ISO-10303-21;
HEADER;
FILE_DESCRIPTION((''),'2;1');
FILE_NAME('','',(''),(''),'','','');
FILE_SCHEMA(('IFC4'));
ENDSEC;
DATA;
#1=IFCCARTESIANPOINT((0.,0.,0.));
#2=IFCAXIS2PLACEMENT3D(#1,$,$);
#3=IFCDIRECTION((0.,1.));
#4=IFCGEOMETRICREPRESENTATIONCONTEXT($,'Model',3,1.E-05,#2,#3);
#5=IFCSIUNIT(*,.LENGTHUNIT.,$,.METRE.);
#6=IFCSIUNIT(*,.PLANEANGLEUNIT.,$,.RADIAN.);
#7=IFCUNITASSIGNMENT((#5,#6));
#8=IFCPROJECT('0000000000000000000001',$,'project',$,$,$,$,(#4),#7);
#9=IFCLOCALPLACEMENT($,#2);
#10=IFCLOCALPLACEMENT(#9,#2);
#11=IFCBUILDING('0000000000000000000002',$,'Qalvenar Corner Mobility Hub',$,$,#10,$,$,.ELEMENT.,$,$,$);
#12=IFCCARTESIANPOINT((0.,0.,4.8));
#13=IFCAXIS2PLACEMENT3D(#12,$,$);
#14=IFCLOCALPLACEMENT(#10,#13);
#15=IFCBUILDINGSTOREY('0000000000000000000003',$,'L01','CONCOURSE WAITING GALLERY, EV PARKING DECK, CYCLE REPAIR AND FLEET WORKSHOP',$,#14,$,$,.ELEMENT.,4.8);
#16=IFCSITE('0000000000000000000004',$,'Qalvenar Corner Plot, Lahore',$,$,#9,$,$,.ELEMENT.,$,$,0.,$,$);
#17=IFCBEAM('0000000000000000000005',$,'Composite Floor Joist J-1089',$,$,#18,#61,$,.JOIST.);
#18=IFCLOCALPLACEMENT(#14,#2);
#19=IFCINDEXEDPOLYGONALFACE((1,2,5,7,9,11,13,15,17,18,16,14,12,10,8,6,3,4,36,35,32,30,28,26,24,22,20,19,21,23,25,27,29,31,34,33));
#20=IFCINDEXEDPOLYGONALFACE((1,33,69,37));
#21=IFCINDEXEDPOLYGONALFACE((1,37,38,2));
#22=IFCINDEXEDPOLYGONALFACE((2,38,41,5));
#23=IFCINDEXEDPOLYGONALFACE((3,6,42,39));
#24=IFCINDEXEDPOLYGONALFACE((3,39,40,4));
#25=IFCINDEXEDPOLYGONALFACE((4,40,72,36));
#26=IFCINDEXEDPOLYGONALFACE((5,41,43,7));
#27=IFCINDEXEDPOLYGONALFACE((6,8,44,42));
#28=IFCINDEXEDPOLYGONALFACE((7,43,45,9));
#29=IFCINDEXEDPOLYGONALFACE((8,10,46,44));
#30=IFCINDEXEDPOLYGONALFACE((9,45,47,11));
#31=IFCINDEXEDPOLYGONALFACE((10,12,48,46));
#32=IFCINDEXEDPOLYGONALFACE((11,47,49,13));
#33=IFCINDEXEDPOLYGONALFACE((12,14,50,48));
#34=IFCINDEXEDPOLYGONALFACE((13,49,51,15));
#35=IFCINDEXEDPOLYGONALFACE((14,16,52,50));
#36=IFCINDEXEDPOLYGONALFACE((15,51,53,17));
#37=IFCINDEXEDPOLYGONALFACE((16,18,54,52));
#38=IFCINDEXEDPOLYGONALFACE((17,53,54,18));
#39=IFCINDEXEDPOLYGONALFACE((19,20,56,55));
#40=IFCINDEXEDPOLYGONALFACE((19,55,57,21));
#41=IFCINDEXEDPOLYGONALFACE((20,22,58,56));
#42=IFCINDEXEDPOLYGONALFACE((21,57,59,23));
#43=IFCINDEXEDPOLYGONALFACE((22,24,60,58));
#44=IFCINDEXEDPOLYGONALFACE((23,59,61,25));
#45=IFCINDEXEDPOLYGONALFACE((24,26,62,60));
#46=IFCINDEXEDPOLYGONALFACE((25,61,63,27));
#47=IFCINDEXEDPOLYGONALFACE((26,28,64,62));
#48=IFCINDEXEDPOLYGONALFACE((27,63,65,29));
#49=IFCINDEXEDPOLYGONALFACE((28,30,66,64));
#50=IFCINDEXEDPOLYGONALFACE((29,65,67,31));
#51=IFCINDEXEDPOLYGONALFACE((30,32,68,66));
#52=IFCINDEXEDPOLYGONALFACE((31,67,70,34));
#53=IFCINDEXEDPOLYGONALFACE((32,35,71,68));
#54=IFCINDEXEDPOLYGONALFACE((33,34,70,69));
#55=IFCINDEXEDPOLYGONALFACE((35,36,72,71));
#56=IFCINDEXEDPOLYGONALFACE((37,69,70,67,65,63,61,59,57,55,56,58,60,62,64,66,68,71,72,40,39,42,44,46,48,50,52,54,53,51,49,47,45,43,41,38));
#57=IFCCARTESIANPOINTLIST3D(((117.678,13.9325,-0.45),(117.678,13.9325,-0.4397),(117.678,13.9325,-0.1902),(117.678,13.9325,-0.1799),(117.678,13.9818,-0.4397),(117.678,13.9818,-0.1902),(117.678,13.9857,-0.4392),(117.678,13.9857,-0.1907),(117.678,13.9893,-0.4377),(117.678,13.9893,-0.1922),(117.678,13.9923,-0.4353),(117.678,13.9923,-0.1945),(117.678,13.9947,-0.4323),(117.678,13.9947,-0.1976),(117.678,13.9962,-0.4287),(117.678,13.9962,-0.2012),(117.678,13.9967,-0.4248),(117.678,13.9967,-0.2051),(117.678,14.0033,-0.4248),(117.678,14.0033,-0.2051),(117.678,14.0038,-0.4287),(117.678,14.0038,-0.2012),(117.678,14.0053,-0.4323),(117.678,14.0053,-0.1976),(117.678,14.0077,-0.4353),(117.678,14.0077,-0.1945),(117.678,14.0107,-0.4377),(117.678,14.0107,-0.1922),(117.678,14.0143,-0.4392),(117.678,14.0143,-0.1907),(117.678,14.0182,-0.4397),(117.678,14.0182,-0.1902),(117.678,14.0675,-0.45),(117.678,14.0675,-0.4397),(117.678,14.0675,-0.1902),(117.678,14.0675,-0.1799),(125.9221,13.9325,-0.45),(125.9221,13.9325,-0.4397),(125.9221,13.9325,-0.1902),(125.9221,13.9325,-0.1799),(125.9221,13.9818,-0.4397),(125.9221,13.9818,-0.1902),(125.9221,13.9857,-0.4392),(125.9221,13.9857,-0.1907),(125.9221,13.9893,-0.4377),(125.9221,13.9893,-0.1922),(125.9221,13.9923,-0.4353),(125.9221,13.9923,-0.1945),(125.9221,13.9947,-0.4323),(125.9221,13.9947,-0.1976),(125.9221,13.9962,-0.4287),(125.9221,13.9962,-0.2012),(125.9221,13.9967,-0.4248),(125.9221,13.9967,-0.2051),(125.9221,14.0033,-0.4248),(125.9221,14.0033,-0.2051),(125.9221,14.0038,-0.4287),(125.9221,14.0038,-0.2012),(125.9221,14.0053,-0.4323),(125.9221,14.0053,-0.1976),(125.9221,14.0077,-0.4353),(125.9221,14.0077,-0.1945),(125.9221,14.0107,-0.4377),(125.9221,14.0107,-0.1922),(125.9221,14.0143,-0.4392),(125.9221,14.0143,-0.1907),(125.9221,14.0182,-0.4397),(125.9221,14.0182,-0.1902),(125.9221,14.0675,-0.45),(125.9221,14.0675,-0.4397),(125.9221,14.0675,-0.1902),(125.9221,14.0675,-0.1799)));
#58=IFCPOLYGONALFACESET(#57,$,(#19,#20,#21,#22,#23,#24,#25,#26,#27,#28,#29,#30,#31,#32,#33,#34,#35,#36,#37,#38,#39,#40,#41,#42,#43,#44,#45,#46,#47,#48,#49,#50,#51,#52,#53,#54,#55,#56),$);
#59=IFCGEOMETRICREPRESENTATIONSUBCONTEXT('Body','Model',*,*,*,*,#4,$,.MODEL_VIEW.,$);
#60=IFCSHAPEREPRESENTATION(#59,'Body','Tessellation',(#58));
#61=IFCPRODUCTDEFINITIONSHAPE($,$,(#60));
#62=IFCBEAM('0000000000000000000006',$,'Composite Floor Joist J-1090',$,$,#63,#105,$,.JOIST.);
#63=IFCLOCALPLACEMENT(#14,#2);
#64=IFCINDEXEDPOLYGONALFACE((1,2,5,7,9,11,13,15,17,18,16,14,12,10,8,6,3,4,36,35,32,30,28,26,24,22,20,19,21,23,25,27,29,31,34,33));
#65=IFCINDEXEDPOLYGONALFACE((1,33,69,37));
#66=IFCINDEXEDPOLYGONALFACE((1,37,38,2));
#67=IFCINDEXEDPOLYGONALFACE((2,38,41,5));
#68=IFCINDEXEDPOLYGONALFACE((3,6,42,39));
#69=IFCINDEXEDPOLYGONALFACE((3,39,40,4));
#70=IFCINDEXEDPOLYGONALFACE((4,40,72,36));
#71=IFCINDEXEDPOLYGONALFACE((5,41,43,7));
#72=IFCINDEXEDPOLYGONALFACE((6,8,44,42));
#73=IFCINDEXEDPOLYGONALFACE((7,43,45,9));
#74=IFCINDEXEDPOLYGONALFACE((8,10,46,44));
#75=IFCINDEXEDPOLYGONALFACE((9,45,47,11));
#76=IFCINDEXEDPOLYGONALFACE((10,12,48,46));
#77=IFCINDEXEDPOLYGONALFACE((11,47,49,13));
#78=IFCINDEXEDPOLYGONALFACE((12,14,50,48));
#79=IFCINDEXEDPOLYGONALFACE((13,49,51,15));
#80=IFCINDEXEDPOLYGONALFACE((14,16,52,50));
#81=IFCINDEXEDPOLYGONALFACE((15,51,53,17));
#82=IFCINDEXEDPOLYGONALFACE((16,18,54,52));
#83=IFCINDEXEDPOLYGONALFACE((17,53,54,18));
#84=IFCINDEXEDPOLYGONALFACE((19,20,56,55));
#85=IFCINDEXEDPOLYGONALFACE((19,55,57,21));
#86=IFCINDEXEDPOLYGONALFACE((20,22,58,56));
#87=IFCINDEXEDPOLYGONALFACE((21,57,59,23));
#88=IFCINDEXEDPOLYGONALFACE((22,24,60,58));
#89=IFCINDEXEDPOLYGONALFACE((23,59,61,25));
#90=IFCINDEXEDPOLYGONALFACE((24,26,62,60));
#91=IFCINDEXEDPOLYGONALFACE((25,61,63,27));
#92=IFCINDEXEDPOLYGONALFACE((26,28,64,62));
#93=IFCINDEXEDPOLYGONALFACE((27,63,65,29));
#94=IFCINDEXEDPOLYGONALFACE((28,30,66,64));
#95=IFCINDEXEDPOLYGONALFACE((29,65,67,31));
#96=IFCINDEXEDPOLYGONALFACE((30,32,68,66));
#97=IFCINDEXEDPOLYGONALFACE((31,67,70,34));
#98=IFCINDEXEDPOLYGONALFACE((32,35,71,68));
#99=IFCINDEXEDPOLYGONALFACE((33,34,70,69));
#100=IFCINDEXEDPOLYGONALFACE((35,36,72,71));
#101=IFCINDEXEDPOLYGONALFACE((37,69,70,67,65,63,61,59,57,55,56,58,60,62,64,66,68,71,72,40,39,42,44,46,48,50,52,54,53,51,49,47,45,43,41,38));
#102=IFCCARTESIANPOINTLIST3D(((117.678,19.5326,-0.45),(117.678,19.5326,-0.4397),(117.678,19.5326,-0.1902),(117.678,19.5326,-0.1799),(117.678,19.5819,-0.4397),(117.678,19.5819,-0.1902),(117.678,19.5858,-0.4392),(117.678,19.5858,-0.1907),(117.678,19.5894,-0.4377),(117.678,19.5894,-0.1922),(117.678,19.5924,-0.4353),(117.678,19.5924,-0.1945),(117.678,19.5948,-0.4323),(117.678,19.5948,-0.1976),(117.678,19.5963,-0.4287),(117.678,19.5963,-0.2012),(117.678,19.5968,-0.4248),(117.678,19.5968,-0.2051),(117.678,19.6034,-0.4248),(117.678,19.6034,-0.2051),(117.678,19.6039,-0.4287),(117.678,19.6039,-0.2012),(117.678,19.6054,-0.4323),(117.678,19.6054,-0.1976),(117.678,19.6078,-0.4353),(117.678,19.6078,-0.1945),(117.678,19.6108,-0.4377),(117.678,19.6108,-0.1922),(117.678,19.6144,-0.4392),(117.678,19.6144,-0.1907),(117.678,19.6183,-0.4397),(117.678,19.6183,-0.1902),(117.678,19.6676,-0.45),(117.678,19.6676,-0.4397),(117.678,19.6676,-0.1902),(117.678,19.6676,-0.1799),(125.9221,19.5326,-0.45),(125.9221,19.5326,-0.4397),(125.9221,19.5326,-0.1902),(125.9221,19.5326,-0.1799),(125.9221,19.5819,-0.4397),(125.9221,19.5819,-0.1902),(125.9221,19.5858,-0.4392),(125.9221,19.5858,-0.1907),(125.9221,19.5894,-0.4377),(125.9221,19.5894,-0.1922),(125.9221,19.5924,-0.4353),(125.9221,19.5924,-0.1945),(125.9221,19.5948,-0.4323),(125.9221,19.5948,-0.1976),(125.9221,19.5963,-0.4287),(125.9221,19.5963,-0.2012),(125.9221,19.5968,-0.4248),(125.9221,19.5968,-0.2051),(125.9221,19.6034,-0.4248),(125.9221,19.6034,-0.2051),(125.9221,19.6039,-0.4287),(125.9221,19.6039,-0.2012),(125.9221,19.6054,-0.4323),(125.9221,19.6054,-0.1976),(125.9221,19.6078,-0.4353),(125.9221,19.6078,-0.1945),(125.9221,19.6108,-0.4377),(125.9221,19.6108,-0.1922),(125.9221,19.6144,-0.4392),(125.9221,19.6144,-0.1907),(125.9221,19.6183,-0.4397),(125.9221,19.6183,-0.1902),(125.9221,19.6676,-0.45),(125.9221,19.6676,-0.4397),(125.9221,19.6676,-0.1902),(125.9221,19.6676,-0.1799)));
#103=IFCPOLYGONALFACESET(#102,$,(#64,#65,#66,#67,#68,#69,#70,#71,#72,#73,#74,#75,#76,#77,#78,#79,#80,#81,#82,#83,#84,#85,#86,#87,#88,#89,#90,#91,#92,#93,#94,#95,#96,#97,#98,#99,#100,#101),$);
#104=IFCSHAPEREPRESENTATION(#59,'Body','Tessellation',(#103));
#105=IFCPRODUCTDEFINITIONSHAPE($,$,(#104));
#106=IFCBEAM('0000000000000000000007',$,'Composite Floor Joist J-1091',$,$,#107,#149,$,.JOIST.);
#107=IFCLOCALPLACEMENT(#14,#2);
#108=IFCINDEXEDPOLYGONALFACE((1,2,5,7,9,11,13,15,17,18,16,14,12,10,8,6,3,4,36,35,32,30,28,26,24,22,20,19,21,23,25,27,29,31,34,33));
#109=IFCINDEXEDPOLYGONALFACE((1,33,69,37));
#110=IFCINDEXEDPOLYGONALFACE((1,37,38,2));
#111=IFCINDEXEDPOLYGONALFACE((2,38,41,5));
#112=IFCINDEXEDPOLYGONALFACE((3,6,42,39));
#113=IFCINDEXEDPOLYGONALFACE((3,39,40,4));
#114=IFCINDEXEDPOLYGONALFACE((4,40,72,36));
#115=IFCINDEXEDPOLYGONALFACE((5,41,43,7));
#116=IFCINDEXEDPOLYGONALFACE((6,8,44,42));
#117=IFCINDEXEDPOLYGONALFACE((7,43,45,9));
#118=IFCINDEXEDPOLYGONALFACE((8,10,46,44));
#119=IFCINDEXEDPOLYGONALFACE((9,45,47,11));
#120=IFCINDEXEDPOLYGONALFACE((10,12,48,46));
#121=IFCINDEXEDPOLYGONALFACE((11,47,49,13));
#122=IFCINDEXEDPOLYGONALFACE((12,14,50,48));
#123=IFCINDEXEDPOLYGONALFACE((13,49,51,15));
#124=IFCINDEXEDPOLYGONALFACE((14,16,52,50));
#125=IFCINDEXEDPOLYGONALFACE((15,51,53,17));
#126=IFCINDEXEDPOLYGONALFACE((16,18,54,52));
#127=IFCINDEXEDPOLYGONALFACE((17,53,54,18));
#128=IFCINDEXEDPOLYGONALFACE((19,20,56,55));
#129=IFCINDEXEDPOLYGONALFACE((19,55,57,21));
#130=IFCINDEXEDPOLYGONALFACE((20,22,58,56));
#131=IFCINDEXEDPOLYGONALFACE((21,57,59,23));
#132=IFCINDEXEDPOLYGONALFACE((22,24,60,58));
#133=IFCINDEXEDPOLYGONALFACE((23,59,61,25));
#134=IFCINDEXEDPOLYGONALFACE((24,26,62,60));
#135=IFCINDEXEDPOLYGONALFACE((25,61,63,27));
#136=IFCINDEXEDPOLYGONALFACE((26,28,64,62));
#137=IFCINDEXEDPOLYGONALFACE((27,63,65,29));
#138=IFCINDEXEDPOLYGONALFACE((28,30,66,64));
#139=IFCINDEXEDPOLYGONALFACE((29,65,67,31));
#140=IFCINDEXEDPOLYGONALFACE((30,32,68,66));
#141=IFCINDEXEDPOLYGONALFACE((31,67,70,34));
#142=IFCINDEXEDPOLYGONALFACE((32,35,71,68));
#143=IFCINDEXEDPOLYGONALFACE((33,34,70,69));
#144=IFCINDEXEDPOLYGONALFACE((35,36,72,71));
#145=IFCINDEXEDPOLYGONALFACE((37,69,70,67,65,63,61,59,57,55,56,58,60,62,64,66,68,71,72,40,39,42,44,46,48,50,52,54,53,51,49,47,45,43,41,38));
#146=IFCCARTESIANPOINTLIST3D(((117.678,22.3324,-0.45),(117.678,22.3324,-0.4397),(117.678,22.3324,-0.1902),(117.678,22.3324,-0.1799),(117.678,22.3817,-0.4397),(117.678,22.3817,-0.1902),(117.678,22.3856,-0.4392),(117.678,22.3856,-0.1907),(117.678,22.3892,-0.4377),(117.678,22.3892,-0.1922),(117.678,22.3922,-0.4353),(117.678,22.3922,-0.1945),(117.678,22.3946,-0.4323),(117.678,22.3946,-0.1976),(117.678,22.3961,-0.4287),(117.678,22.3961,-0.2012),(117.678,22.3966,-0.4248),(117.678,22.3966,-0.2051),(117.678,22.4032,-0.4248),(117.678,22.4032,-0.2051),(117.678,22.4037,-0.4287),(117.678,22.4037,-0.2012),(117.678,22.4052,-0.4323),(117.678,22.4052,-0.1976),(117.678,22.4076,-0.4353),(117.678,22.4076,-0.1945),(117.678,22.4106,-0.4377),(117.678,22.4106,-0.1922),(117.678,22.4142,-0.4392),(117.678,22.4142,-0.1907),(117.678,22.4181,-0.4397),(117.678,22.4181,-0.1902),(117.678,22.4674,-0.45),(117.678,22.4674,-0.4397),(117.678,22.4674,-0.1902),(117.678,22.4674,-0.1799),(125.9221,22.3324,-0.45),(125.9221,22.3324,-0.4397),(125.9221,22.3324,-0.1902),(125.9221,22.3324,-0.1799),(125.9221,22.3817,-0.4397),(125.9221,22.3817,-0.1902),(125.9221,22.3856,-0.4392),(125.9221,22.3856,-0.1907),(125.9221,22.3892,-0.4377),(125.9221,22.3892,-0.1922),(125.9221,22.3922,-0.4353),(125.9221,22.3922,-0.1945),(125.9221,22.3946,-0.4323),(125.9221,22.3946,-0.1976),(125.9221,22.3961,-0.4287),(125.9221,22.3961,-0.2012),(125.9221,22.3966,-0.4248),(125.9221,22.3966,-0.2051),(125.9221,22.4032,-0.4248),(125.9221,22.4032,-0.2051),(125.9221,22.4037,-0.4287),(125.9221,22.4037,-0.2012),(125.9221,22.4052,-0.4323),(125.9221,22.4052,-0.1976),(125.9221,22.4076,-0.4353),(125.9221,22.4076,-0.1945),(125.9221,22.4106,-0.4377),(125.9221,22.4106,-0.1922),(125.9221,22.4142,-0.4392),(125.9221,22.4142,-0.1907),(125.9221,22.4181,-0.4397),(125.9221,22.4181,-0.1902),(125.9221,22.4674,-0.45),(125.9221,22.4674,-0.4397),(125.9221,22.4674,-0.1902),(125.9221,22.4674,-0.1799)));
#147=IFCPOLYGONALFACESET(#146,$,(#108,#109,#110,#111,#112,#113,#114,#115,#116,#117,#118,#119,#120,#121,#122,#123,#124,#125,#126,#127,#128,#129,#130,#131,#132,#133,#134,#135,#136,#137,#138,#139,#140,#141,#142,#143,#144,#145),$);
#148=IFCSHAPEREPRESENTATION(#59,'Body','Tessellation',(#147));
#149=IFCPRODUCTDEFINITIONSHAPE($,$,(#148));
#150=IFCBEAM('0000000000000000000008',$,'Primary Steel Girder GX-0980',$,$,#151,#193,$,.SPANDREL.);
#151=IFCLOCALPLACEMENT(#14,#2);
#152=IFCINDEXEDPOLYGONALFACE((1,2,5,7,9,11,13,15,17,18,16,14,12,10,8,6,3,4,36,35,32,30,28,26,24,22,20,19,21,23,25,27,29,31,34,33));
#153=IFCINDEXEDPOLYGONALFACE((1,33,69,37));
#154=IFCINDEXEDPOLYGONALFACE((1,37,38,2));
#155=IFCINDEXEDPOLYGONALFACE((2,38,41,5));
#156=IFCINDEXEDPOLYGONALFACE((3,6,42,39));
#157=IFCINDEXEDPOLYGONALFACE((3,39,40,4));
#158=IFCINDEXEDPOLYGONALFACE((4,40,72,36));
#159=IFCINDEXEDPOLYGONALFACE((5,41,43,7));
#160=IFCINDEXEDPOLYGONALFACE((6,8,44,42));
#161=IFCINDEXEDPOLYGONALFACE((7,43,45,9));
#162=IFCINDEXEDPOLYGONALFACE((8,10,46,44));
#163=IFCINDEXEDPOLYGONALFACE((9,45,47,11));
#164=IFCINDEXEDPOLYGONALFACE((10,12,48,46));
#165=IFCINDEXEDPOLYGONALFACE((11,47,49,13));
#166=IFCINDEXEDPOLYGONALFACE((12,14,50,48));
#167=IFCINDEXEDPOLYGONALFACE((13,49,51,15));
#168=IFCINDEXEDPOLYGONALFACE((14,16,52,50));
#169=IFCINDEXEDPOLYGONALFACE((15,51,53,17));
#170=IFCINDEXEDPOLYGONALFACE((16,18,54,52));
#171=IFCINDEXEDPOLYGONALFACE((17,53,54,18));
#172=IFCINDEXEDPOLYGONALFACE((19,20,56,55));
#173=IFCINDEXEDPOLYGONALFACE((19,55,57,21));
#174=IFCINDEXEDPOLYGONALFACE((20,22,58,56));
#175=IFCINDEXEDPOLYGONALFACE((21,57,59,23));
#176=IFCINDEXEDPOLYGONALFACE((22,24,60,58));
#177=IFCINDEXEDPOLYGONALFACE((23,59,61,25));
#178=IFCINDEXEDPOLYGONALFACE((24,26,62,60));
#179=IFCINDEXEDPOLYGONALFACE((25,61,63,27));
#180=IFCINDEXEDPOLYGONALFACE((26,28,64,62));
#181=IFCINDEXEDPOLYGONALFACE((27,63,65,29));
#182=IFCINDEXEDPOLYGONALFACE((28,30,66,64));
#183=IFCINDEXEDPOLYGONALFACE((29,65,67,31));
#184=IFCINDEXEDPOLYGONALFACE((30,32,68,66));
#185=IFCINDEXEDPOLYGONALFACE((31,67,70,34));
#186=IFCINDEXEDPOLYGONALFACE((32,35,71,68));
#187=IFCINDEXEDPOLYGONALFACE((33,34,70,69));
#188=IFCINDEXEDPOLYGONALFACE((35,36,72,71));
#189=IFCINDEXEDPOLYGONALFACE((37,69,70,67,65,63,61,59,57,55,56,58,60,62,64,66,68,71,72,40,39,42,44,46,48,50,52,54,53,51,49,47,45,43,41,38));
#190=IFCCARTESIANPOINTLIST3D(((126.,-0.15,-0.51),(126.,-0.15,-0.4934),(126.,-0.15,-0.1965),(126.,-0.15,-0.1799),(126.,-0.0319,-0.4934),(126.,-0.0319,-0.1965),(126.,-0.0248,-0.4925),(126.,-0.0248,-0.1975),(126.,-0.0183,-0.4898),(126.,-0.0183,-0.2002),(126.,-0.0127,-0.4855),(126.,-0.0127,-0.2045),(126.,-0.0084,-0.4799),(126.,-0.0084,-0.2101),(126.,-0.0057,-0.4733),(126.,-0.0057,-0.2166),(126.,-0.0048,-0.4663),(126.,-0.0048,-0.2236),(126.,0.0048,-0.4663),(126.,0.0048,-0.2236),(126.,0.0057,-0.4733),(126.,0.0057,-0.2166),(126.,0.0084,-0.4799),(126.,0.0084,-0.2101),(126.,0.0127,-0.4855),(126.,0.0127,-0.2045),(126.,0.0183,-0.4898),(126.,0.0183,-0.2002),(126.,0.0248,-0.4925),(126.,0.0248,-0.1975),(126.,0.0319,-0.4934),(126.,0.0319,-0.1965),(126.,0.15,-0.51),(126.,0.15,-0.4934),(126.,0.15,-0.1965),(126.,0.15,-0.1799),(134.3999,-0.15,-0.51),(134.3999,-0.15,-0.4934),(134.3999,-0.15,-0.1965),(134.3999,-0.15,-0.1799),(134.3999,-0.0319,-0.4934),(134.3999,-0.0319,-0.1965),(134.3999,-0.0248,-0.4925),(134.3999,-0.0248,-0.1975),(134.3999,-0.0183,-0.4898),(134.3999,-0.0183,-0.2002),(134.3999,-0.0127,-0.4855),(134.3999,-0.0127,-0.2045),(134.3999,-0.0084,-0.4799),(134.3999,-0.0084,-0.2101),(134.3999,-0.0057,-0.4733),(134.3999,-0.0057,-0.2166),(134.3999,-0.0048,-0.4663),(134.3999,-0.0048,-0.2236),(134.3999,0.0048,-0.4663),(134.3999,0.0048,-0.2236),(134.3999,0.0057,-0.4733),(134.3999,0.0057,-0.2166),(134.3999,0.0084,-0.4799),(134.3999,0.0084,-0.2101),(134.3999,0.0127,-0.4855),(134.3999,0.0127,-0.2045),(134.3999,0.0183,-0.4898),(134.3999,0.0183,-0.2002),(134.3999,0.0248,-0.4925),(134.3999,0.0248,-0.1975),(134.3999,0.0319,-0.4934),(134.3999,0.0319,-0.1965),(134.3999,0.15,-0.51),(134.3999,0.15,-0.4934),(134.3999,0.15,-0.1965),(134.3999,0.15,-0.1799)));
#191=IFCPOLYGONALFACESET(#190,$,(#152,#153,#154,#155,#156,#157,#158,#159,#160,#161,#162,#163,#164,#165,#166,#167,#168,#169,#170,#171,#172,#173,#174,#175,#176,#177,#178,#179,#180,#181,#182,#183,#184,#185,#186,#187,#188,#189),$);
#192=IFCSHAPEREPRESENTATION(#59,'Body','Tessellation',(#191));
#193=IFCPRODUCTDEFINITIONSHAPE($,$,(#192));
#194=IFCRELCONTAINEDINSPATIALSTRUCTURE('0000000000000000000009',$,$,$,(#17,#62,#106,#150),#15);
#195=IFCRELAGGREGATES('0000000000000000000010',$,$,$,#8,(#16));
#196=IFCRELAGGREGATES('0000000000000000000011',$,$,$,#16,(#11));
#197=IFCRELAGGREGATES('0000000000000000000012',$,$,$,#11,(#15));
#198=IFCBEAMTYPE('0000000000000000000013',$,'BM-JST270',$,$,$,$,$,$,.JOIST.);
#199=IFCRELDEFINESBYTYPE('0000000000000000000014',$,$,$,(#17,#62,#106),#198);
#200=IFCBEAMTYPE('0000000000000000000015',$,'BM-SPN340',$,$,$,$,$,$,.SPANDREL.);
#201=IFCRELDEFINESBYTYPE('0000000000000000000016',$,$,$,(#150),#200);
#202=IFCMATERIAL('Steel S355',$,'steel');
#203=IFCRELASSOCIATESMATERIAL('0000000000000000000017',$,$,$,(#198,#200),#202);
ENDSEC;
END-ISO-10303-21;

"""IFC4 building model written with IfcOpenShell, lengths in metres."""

from ifc_helpers import new_model, si_unit, direction, frame, origin, origin_2d, place, context, subcontext, project, spatial, i_section, extrude, material, material_profile, profile_set, type_object, element, save


model = new_model("IFC4")

# Units and contexts
model_context = context("Model", 3, precision=1e-05, world=origin(), true_north=direction((0.0, 1.0)))
body_context = subcontext(model_context, "Body", "Model", "MODEL_VIEW")
ifc_project = project(units=[si_unit("LENGTHUNIT", "METRE"), si_unit("PLANEANGLEUNIT", "RADIAN")], contexts=[model_context])

# Site, building, storey
site_placement = place(None, origin())
site = spatial("IfcSite", under=ifc_project, at=site_placement, Name="Qalvenar Corner Plot, Lahore", CompositionType="ELEMENT", RefElevation=0.0)
building_placement = place(site_placement, origin())
building = spatial("IfcBuilding", under=site, at=building_placement, Name="Qalvenar Corner Mobility Hub", CompositionType="ELEMENT")
storey_placement = place(building_placement, frame((0.0, 0.0, 4.8)))
storey = spatial("IfcBuildingStorey", under=building, at=storey_placement, Name="L01", Description="CONCOURSE WAITING GALLERY, EV PARKING DECK, CYCLE REPAIR AND FLEET WORKSHOP", CompositionType="ELEMENT", Elevation=4.8)

# Shared definitions
ifc_material_1 = material(Name="Steel S355", Category="steel")

# Beams
ifc_material_profile_1 = material_profile(ifc_material_1, i_section(OverallWidth=0.135, OverallDepth=0.27, WebThickness=0.0066, FlangeThickness=0.0103, FilletRadius=0.0149, at=origin_2d()), Name="IPE270")
ifc_profile_set_1 = profile_set([ifc_material_profile_1], Name="Steel S355")
beam_type_1 = type_object("IfcBeamType", Name="BM-JST270", PredefinedType="JOIST", material=ifc_profile_set_1)
for number, where, z_axis, x_axis, name in (
    (1, (117.678, 14.0, -0.3149), (1.0, 0.0, 0.0), (0.0, 1.0, 0.0), "Composite Floor Joist J-1089"),
    (2, (117.678, 19.6001, -0.3149), (1.0, 0.0, 0.0), (0.0, 1.0, 0.0), "Composite Floor Joist J-1090"),
    (3, (117.678, 22.3999, -0.3149), (1.0, 0.0, 0.0), (0.0, 1.0, 0.0), "Composite Floor Joist J-1091"),
):
    element("IfcBeam", number, at=place(storey_placement, frame(where, z_axis=z_axis, x_axis=x_axis)), inside=storey, type_object=beam_type_1, Name=name, PredefinedType="JOIST", context=body_context, shape_type="SweptSolid", body=[
        extrude(i_section(OverallWidth=0.135, OverallDepth=0.27, WebThickness=0.0066, FlangeThickness=0.0103, FilletRadius=0.0149, at=origin_2d()), origin(), (0.0, 0.0, 1.0), 8.2441),
    ])
ifc_material_profile_2 = material_profile(ifc_material_1, i_section(OverallWidth=0.3, OverallDepth=0.3301, WebThickness=0.0095, FlangeThickness=0.0166, FilletRadius=0.0271, at=origin_2d()), Name="HEA340")
ifc_profile_set_2 = profile_set([ifc_material_profile_2], Name="Steel S355")
beam_type_2 = type_object("IfcBeamType", Name="BM-SPN340", PredefinedType="SPANDREL", material=ifc_profile_set_2)
beam_1_placement = place(storey_placement, frame((126.0, 0.0, -0.345), z_axis=(1.0, 0.0, 0.0), x_axis=(0.0, 1.0, 0.0)))
element("IfcBeam", 4, at=beam_1_placement, inside=storey, type_object=beam_type_2, Name="Primary Steel Girder GX-0980", PredefinedType="SPANDREL", context=body_context, shape_type="SweptSolid", body=[
    extrude(i_section(OverallWidth=0.3, OverallDepth=0.3301, WebThickness=0.0095, FlangeThickness=0.0166, FilletRadius=0.0271, at=origin_2d()), origin(), (0.0, 0.0, 1.0), 8.3999),
])

save(model, "model.ifc")
